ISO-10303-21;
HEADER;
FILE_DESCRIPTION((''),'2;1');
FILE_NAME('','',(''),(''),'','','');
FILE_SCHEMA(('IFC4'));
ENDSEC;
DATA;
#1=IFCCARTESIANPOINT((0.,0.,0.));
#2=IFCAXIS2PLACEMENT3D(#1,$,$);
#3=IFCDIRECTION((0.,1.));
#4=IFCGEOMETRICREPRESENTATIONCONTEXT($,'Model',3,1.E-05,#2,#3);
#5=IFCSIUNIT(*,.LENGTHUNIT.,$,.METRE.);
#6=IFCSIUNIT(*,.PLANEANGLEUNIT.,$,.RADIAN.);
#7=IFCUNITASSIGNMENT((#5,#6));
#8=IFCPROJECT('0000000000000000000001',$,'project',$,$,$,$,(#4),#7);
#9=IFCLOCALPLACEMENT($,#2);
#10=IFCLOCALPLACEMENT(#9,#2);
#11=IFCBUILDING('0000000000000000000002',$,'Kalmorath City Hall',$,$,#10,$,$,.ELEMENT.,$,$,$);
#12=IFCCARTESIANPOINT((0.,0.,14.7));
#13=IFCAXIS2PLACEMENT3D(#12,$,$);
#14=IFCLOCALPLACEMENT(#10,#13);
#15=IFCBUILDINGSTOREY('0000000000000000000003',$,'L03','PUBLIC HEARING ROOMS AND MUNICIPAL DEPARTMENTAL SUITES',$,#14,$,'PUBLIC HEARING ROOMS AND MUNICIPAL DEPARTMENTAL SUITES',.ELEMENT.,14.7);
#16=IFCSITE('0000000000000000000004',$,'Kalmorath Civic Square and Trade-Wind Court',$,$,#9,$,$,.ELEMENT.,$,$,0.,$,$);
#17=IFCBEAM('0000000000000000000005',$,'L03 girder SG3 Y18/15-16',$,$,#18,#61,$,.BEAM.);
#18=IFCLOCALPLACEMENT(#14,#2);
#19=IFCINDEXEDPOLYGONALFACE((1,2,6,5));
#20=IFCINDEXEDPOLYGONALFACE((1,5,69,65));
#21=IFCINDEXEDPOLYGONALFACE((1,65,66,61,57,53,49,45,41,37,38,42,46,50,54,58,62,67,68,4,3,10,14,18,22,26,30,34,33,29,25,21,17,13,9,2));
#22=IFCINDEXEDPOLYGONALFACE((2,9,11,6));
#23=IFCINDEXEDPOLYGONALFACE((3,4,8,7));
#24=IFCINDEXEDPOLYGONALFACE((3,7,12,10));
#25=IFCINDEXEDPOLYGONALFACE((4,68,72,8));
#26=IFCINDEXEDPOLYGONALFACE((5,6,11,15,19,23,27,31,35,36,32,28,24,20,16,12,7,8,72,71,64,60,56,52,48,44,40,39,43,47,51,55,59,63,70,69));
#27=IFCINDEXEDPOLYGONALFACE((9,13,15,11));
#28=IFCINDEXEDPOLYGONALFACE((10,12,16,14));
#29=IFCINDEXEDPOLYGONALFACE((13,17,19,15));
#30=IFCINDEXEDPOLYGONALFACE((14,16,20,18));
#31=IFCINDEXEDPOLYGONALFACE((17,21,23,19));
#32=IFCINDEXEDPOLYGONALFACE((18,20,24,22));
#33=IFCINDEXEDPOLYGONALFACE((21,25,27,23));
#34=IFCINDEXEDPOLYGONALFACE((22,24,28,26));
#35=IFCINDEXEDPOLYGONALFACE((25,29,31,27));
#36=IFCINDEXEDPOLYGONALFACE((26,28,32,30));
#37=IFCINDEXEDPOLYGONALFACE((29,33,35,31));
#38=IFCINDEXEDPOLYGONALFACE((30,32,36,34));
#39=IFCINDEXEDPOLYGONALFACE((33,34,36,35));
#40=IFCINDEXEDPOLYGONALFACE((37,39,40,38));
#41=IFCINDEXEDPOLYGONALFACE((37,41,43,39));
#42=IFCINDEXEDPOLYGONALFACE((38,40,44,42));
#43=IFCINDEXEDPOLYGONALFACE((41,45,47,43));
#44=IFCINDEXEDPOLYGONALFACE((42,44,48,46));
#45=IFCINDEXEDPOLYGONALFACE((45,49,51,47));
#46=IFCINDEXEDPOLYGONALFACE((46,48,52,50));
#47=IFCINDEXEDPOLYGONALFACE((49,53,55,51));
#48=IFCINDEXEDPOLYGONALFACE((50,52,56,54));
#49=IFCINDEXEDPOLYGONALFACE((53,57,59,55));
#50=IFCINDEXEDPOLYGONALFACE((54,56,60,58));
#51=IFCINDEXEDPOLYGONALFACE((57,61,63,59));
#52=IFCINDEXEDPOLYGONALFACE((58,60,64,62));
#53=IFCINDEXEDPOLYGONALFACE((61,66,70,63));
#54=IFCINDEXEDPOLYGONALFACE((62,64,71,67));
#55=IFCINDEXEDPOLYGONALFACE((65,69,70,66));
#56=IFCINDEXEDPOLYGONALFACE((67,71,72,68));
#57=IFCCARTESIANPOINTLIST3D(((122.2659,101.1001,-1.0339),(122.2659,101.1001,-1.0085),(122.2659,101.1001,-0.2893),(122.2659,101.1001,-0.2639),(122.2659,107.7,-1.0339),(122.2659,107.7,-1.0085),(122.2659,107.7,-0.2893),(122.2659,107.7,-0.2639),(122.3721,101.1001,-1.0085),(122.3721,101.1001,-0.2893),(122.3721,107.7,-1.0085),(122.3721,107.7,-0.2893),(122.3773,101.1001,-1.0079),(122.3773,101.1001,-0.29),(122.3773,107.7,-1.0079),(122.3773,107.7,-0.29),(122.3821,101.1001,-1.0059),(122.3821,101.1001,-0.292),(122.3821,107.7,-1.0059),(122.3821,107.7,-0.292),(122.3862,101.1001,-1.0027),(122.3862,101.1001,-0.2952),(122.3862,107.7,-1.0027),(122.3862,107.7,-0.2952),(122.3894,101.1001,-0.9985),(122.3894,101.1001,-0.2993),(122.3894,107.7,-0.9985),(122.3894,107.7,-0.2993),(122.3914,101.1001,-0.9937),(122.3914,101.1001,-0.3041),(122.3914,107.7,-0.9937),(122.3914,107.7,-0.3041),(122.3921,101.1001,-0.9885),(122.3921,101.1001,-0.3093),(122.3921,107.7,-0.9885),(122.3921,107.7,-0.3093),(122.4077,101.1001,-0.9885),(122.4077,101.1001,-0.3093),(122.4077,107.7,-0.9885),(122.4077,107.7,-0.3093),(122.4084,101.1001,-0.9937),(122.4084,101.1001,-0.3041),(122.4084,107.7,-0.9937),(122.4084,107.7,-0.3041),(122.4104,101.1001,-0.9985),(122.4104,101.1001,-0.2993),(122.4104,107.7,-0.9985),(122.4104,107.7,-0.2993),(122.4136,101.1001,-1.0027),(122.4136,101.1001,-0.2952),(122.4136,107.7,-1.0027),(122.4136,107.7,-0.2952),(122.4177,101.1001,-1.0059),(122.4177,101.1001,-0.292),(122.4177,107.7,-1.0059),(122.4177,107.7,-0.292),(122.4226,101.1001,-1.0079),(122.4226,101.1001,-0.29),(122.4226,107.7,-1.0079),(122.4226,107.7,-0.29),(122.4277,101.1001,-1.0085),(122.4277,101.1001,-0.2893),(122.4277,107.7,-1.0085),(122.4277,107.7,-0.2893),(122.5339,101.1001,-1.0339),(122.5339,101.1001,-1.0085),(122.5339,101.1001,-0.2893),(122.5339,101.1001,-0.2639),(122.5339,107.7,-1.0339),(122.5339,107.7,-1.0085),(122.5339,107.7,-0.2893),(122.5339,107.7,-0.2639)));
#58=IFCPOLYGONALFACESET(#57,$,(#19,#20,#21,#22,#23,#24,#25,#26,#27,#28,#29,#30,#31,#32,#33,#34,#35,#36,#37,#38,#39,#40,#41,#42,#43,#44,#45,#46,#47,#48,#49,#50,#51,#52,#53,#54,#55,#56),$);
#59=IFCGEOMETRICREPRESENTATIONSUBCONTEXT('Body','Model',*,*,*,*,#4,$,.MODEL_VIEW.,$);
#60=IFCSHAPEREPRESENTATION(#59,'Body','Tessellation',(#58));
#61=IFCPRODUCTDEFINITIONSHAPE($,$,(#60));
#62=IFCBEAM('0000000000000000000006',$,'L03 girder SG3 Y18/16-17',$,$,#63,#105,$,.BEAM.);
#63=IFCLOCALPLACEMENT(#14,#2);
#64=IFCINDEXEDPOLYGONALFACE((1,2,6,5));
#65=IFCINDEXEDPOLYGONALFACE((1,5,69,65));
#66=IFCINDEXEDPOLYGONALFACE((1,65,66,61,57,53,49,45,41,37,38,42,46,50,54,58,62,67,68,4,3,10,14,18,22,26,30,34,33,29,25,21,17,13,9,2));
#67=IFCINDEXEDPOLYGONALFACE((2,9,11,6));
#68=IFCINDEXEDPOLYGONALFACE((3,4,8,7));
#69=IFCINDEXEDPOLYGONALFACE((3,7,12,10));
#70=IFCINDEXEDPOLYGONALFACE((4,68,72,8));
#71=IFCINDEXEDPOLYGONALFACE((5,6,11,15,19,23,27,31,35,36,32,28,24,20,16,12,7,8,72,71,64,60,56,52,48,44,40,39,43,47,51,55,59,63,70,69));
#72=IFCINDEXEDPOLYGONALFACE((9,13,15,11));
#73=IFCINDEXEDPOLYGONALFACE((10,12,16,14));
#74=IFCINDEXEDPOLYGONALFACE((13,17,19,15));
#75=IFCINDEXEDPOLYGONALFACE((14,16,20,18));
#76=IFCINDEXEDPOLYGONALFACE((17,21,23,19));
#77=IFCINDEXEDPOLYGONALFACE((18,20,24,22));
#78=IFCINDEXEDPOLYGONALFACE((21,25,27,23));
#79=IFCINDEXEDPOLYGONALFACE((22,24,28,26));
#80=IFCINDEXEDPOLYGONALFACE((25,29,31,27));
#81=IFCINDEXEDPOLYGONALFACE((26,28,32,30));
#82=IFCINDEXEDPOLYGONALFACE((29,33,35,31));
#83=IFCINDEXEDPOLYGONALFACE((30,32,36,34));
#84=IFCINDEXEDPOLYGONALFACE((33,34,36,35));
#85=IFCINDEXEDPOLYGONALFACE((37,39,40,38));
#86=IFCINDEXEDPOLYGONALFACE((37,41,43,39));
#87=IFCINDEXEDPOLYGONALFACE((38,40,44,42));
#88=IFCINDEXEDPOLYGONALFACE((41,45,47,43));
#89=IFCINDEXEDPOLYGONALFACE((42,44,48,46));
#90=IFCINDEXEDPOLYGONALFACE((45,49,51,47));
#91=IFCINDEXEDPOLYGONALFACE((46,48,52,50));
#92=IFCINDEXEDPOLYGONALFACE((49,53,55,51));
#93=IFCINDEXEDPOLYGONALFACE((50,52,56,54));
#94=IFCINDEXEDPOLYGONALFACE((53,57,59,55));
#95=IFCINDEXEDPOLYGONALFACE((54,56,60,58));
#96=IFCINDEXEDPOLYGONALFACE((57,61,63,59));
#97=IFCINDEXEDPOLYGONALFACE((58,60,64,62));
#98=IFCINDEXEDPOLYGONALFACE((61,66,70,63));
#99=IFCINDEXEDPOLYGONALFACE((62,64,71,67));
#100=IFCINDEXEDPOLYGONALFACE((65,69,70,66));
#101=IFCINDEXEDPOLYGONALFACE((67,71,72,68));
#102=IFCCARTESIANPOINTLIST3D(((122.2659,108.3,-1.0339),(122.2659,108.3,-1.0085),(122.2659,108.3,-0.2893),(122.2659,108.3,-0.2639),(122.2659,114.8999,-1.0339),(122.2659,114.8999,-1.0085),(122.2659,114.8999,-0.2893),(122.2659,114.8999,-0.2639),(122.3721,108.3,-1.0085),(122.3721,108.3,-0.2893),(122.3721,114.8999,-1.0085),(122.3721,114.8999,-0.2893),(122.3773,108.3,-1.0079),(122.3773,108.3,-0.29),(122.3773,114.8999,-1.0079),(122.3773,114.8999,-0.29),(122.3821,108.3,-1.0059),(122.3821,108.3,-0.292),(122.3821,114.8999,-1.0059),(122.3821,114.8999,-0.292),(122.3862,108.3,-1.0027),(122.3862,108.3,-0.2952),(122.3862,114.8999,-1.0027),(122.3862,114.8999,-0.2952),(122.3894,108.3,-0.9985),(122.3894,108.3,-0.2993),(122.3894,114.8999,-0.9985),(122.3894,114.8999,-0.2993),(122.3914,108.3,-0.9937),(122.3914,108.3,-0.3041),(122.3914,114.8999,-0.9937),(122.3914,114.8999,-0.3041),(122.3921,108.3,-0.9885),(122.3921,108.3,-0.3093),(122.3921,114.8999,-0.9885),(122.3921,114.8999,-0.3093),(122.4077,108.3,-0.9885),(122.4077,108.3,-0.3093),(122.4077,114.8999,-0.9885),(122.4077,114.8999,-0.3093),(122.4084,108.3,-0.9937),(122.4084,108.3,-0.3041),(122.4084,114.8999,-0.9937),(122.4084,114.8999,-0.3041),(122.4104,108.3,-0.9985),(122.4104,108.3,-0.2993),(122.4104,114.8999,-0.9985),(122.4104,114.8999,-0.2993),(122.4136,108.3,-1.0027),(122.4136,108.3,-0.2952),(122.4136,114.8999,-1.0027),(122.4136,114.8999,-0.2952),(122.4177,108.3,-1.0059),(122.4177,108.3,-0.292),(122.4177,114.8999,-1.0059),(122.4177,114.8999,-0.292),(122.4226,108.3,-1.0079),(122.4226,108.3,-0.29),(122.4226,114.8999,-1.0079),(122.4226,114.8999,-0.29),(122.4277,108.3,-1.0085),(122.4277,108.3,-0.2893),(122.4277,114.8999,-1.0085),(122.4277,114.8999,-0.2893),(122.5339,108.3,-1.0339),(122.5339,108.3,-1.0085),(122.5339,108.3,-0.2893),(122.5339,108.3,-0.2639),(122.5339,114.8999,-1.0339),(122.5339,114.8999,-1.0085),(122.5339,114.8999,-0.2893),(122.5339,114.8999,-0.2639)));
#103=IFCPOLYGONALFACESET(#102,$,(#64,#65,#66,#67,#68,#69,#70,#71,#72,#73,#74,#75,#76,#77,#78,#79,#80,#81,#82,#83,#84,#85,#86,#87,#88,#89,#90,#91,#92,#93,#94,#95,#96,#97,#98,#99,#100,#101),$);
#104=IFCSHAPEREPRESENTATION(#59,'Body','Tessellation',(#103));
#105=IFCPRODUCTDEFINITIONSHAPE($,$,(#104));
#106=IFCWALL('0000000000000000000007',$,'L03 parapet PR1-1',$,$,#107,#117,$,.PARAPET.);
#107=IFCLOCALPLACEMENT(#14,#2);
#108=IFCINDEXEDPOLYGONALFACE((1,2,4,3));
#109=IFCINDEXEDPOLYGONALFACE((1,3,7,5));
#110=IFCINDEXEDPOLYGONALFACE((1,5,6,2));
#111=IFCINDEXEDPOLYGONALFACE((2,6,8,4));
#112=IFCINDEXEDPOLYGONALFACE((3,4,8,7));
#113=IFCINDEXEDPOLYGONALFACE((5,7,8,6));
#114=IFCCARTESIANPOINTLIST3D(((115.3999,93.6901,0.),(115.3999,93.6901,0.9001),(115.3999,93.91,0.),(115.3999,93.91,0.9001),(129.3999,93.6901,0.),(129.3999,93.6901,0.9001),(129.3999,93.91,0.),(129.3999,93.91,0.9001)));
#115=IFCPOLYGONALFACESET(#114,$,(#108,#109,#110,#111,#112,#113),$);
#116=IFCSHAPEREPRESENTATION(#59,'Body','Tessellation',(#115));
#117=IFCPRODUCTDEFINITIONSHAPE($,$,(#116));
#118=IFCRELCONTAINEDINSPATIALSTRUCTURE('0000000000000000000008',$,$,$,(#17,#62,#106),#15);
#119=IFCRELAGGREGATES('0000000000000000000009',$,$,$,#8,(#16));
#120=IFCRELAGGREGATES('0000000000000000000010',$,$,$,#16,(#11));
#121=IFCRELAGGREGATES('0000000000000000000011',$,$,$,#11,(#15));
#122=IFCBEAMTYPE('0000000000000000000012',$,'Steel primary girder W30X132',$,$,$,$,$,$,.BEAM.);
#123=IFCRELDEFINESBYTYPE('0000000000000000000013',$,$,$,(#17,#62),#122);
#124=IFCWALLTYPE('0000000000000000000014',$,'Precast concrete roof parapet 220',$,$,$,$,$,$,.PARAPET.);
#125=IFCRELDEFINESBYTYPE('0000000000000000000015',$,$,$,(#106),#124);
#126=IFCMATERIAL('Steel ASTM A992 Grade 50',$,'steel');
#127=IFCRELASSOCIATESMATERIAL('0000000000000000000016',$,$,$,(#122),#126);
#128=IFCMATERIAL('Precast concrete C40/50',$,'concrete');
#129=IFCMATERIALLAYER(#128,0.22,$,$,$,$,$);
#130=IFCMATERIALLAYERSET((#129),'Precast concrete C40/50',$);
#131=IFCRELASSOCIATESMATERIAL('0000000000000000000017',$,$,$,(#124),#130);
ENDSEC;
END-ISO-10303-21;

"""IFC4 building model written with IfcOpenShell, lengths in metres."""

from ifc_helpers import new_model, si_unit, direction, frame, frame_2d, origin, origin_2d, place, context, subcontext, project, spatial, rectangle, i_section, extrude, material, layer, layer_set, material_profile, profile_set, type_object, element, save


model = new_model("IFC4")

# Units and contexts
model_context = context("Model", 3, precision=1e-05, world=origin(), true_north=direction((0.0, 1.0)))
body_context = subcontext(model_context, "Body", "Model", "MODEL_VIEW")
ifc_project = project(units=[si_unit("LENGTHUNIT", "METRE"), si_unit("PLANEANGLEUNIT", "RADIAN")], contexts=[model_context])

# Site, building, storey
site_placement = place(None, origin())
site = spatial("IfcSite", under=ifc_project, at=site_placement, Name="Kalmorath Civic Square and Trade-Wind Court", CompositionType="ELEMENT", RefElevation=0.0)
building_placement = place(site_placement, origin())
building = spatial("IfcBuilding", under=site, at=building_placement, Name="Kalmorath City Hall", CompositionType="ELEMENT")
storey_placement = place(building_placement, frame((0.0, 0.0, 14.7)))
storey = spatial("IfcBuildingStorey", under=building, at=storey_placement, Name="L03", Description="PUBLIC HEARING ROOMS AND MUNICIPAL DEPARTMENTAL SUITES", LongName="PUBLIC HEARING ROOMS AND MUNICIPAL DEPARTMENTAL SUITES", CompositionType="ELEMENT", Elevation=14.7)

# Beams
ifc_material_1 = material(Name="Steel ASTM A992 Grade 50", Category="steel")
ifc_material_profile_1 = material_profile(ifc_material_1, i_section(OverallWidth=0.2681, OverallDepth=0.77, WebThickness=0.0156, FlangeThickness=0.0254, FilletRadius=0.02, at=origin_2d()), Name="W30X132")
ifc_profile_set_1 = profile_set([ifc_material_profile_1], Name="Steel ASTM A992 Grade 50")
beam_type_1 = type_object("IfcBeamType", Name="Steel primary girder W30X132", PredefinedType="BEAM", material=ifc_profile_set_1)
for number, where, z_axis, x_axis, name in (
    (1, (122.3999, 101.1001, -0.6489), (0.0, 1.0, 0.0), (-1.0, 0.0, 0.0), "L03 girder SG3 Y18/15-16"),
    (2, (122.3999, 108.3, -0.6489), (0.0, 1.0, 0.0), (-1.0, 0.0, 0.0), "L03 girder SG3 Y18/16-17"),
):
    element("IfcBeam", number, at=place(storey_placement, frame(where, z_axis=z_axis, x_axis=x_axis)), inside=storey, type_object=beam_type_1, Name=name, PredefinedType="BEAM", context=body_context, shape_type="SweptSolid", body=[
        extrude(i_section(OverallWidth=0.2681, OverallDepth=0.77, WebThickness=0.0156, FlangeThickness=0.0254, FilletRadius=0.02, at=origin_2d()), origin(), (0.0, 0.0, 1.0), 6.5999),
    ])

# Wall
ifc_material_2 = material(Name="Precast concrete C40/50", Category="concrete")
ifc_layer = layer(ifc_material_2, 0.22)
ifc_layer_set = layer_set([ifc_layer], Name="Precast concrete C40/50")
wall_type = type_object("IfcWallType", Name="Precast concrete roof parapet 220", PredefinedType="PARAPET", material=ifc_layer_set)
wall_placement = place(storey_placement, frame((115.3999, 93.8, 0.0), z_axis=(0.0, 0.0, 1.0), x_axis=(1.0, 0.0, 0.0)))
element("IfcWall", 3, at=wall_placement, inside=storey, type_object=wall_type, Name="L03 parapet PR1-1", PredefinedType="PARAPET", context=body_context, shape_type="SweptSolid", body=[
    extrude(rectangle(XDim=14.0, YDim=0.22, at=frame_2d((7.0, 0.0))), origin(), (0.0, 0.0, 1.0), 0.9001),
])

save(model, "model.ifc")
